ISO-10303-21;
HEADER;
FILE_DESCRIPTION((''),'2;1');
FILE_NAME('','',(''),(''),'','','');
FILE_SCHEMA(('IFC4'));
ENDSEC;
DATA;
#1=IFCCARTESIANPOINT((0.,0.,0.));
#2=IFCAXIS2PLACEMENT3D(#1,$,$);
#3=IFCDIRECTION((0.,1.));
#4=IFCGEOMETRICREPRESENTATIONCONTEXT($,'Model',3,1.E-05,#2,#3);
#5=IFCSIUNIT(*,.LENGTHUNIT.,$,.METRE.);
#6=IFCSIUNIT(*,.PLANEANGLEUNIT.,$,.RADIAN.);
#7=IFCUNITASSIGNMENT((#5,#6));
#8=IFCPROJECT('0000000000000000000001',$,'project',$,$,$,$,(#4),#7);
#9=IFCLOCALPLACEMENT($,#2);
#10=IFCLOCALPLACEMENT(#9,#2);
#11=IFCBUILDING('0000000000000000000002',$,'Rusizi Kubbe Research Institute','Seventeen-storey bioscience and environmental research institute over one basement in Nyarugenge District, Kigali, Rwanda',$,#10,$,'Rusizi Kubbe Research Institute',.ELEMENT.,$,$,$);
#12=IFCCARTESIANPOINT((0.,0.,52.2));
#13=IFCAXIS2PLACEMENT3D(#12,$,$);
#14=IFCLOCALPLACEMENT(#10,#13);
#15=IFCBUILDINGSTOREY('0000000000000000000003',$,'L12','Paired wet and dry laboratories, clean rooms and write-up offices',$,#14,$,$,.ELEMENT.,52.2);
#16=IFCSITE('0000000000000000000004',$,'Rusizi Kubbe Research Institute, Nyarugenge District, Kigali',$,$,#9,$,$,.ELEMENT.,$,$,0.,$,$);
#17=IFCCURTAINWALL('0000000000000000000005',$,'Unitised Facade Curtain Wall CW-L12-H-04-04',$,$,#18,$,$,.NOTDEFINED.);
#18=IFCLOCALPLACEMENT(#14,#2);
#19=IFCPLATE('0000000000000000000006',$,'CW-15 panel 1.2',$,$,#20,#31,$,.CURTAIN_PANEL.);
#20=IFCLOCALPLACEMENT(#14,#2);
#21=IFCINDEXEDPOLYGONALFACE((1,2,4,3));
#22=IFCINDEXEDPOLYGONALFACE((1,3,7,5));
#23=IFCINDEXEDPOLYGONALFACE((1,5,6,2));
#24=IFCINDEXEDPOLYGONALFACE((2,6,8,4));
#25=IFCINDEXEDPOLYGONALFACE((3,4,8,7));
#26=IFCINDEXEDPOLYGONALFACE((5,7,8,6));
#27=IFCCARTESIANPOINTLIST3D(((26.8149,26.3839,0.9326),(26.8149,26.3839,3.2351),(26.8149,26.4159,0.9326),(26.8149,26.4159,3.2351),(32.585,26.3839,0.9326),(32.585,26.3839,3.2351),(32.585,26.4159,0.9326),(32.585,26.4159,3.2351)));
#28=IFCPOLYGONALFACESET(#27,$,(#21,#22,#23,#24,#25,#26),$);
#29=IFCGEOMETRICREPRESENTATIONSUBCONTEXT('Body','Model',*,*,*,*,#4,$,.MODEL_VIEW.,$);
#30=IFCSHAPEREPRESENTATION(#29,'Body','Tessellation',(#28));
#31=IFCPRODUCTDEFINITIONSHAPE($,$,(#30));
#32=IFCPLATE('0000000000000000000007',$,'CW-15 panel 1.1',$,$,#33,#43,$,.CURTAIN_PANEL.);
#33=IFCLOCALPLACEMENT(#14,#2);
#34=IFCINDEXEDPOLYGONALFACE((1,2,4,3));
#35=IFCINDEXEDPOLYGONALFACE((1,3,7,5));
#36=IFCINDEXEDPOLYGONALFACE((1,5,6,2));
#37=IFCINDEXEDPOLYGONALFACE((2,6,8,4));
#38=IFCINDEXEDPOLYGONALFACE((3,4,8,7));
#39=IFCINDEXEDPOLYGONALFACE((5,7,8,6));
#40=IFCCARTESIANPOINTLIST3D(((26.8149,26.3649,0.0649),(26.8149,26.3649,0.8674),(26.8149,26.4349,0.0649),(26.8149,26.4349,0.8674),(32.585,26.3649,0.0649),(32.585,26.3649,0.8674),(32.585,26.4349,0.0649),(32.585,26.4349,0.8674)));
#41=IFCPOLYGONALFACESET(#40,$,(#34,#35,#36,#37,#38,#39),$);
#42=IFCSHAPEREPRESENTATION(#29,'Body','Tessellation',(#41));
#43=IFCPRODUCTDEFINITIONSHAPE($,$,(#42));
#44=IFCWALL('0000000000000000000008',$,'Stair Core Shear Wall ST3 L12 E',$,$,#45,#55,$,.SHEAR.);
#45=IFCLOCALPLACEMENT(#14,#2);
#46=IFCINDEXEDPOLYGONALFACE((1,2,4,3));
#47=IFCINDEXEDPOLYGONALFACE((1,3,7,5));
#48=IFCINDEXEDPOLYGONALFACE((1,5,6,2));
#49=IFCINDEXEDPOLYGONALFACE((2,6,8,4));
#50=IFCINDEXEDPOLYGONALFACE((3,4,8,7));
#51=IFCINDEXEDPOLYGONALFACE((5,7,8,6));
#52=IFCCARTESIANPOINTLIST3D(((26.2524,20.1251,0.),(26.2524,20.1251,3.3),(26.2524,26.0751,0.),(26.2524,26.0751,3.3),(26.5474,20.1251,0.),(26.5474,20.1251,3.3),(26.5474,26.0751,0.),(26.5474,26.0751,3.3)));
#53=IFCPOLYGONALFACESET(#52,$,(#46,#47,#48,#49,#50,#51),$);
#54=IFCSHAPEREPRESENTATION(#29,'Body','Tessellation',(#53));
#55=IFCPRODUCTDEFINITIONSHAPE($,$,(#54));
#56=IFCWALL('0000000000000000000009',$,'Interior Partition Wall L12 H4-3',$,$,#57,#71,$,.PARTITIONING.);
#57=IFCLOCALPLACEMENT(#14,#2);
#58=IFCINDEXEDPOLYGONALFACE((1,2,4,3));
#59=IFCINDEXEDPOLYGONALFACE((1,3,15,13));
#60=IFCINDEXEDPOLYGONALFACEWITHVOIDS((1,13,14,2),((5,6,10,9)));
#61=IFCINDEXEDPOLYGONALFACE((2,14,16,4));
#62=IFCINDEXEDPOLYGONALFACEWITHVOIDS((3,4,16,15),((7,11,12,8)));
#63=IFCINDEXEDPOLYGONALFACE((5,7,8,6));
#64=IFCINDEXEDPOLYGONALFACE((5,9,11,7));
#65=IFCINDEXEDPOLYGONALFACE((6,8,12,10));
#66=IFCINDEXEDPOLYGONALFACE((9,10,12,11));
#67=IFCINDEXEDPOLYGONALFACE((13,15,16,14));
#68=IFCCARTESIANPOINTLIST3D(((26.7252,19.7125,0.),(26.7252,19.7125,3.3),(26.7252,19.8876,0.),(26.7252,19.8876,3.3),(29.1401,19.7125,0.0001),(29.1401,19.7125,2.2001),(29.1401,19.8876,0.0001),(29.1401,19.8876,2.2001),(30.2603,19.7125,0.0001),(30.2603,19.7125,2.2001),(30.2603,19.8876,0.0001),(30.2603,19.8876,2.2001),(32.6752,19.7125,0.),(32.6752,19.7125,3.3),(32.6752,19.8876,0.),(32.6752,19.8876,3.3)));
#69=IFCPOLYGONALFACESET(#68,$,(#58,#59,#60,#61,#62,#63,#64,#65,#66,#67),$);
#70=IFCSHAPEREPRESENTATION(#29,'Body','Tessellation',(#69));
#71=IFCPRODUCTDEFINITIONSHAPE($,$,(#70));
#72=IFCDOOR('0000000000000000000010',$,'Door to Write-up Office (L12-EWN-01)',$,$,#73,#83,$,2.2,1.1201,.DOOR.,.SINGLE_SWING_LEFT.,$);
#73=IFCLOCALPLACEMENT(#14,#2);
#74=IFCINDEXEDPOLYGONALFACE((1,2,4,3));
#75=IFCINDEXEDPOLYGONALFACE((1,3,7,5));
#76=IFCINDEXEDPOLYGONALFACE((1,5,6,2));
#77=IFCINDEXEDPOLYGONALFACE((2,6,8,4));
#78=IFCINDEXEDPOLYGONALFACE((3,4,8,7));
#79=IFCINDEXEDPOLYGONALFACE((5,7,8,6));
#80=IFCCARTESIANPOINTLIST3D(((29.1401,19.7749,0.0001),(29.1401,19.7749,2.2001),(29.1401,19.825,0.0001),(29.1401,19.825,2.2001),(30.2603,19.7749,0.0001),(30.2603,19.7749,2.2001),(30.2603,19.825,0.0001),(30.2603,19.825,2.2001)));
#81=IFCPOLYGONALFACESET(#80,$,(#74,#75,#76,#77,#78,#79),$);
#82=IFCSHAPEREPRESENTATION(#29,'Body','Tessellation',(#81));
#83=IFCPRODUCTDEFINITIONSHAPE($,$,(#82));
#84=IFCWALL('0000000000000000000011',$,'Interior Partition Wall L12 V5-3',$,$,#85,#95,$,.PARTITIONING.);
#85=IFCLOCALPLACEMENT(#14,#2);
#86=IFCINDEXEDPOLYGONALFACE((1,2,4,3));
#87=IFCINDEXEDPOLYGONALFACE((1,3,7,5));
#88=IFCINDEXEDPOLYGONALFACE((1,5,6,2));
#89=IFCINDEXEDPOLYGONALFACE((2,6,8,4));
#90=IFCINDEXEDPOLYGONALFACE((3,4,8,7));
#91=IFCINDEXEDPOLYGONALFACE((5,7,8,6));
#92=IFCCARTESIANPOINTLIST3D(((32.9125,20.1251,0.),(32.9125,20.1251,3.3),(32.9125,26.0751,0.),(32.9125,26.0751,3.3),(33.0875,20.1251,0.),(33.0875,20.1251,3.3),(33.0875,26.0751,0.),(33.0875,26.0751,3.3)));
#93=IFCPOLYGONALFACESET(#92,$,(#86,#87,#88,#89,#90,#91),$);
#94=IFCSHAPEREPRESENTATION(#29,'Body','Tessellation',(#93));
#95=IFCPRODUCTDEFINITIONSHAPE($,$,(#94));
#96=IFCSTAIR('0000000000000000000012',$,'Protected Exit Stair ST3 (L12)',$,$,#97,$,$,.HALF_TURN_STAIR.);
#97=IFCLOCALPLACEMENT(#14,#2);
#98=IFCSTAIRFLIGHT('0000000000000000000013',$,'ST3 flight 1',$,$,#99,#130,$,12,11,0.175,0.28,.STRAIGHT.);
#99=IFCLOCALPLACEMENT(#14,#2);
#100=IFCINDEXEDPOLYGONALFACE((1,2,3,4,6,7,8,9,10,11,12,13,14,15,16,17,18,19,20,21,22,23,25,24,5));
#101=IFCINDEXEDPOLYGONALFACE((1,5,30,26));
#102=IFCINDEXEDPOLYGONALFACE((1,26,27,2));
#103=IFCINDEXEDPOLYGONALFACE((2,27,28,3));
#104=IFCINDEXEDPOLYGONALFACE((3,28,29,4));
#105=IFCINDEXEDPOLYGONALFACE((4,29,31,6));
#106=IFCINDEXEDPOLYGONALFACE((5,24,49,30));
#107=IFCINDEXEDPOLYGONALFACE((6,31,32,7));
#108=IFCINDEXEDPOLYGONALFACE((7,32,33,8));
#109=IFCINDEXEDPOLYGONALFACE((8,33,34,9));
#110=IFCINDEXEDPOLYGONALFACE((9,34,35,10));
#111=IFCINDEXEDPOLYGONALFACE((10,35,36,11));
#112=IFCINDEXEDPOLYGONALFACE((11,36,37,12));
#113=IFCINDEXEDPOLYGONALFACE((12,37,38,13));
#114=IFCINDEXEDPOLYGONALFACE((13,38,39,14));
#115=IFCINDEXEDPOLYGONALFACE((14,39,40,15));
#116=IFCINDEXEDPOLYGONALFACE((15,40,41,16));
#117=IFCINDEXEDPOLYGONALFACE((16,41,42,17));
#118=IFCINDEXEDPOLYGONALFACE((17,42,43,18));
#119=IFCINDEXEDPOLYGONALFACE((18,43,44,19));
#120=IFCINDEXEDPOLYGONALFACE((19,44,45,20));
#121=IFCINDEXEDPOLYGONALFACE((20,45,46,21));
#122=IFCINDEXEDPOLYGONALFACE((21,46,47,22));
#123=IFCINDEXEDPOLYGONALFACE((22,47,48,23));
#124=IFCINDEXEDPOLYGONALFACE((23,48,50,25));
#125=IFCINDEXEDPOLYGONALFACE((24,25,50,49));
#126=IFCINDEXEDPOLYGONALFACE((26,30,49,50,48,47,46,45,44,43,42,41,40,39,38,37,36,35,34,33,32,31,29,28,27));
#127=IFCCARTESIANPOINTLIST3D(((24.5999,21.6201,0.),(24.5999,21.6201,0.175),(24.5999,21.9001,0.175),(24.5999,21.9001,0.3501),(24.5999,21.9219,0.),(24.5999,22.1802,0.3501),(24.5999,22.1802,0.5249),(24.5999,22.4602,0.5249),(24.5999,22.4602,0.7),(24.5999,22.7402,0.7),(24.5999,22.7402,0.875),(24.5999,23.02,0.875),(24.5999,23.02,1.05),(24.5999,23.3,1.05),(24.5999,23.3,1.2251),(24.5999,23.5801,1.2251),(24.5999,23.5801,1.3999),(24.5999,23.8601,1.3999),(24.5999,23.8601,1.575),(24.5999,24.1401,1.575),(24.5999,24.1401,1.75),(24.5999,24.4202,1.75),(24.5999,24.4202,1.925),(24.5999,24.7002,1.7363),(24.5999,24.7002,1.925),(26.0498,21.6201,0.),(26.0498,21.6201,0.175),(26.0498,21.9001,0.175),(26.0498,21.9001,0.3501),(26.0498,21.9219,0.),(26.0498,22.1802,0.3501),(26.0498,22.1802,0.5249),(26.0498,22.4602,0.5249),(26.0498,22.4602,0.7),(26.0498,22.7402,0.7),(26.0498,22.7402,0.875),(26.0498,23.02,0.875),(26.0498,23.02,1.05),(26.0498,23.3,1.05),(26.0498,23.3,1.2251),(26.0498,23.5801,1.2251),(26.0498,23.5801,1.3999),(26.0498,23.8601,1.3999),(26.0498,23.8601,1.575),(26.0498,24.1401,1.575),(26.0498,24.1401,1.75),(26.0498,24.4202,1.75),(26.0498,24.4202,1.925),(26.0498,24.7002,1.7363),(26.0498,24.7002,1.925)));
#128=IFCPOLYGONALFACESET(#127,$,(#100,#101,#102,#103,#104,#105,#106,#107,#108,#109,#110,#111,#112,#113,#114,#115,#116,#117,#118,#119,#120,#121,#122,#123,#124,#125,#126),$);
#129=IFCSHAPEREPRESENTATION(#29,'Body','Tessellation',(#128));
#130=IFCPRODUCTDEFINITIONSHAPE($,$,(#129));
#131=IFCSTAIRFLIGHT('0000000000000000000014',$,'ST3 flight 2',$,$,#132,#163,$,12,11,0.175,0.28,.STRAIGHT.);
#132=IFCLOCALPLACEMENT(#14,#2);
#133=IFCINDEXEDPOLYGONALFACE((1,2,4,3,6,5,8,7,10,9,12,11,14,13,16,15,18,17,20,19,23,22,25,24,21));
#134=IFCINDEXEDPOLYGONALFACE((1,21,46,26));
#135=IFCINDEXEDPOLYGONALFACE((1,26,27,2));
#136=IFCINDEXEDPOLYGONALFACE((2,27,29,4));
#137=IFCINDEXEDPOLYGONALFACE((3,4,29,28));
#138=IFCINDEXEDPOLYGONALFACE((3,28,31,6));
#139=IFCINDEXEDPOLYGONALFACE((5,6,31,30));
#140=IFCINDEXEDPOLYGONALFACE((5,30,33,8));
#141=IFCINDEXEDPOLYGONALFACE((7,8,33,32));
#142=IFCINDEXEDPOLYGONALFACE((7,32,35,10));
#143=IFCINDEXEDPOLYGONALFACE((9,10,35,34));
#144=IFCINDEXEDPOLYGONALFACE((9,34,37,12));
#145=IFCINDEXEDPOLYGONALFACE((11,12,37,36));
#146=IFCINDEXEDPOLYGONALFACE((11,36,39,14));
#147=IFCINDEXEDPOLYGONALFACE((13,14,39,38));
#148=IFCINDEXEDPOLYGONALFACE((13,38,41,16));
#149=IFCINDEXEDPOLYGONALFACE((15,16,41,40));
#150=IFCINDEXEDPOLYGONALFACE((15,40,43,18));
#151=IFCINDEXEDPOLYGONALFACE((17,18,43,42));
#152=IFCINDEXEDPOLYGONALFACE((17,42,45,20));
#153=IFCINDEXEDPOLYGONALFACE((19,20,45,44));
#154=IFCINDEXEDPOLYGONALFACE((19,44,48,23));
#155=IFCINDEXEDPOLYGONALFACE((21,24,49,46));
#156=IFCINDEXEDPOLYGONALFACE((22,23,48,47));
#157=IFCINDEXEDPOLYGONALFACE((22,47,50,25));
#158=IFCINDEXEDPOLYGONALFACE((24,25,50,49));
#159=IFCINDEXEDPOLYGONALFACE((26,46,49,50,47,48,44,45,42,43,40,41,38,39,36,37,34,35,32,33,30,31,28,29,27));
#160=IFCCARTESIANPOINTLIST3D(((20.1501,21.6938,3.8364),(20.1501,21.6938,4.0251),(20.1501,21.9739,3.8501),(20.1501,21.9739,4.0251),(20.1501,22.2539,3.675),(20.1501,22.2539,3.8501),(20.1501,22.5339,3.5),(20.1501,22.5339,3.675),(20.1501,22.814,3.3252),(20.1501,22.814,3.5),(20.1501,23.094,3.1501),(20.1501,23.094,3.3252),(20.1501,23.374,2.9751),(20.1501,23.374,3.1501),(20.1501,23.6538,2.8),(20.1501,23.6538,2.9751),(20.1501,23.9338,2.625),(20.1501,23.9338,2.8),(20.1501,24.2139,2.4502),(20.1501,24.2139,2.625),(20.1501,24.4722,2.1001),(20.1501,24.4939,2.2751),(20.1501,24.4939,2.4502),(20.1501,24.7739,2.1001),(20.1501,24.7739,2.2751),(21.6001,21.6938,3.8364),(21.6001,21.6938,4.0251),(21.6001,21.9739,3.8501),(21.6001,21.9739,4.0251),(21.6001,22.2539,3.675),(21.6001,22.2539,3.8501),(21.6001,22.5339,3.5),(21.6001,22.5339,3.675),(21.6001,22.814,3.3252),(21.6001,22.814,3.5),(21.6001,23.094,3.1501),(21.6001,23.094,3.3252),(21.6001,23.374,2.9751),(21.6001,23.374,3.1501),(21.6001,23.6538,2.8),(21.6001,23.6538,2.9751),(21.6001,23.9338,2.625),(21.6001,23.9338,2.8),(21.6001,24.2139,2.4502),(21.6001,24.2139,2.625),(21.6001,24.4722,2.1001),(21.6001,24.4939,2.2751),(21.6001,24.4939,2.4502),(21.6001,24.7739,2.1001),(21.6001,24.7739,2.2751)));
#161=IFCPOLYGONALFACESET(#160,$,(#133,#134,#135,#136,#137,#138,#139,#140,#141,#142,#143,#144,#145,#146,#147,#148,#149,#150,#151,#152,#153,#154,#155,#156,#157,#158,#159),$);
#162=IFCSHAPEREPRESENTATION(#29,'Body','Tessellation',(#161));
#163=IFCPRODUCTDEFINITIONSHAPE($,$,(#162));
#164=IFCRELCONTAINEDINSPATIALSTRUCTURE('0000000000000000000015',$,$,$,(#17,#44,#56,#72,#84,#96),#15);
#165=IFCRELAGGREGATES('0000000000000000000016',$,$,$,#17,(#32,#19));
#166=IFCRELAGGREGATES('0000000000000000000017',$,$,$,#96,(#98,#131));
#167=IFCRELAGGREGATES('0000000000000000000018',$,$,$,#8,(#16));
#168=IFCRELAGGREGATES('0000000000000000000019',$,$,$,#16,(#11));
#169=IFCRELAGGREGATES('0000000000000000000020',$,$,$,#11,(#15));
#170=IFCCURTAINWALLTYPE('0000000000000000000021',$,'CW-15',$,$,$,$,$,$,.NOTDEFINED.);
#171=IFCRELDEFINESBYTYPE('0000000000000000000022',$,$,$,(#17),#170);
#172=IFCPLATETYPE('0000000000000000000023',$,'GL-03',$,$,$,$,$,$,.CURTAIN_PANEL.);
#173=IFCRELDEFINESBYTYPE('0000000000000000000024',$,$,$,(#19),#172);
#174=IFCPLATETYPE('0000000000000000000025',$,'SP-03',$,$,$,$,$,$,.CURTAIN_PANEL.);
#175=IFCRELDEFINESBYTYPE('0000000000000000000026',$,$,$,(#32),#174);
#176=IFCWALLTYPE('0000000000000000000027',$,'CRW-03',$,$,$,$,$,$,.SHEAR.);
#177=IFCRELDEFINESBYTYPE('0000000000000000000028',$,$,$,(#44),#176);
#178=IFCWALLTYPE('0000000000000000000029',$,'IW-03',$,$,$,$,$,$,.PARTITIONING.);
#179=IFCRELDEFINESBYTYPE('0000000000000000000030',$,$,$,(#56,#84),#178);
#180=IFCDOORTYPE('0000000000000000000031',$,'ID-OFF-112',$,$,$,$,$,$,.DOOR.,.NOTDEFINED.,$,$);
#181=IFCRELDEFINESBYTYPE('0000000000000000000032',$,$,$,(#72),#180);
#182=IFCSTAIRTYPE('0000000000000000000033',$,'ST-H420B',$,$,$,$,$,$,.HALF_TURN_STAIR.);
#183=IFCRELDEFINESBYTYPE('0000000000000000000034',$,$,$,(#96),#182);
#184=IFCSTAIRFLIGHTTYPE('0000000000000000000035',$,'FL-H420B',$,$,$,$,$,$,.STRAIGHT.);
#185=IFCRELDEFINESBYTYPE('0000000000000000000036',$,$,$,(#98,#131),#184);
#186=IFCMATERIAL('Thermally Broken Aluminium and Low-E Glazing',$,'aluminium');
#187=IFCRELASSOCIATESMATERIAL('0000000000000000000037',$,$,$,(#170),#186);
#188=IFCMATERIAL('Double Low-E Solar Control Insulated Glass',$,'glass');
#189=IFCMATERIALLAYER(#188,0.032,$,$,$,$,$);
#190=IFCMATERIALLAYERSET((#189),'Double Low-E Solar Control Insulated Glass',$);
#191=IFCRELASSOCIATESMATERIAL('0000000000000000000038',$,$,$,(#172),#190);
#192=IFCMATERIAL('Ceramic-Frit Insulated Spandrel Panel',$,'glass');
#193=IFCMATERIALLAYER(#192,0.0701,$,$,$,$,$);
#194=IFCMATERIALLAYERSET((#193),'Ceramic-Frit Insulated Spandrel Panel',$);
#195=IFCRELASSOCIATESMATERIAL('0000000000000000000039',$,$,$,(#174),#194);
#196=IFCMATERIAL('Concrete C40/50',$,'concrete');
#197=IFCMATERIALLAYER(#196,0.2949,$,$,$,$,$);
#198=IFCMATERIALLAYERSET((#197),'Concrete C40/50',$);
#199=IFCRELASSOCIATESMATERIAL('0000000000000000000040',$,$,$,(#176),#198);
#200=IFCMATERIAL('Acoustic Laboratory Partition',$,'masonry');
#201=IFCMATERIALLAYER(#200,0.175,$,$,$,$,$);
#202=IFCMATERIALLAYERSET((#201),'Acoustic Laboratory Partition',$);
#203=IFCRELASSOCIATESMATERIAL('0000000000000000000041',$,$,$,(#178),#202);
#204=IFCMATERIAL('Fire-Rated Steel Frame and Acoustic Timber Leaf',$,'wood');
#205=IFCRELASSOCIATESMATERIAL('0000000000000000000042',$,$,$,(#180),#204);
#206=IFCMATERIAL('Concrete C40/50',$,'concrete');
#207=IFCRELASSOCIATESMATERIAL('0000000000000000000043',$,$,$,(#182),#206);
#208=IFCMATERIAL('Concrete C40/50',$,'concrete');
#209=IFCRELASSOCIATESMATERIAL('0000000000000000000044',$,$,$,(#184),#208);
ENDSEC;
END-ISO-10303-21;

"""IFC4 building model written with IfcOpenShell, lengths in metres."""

from ifc_helpers import new_model, si_unit, direction, frame, frame_2d, origin, origin_2d, place, context, subcontext, project, spatial, polyline, rectangle, outline, extrude, material, layer, layer_set, type_object, element, fill, aggregate, save


model = new_model("IFC4")

# Units and contexts
model_context = context("Model", 3, precision=1e-05, world=origin(), true_north=direction((0.0, 1.0)))
body_context = subcontext(model_context, "Body", "Model", "MODEL_VIEW")
ifc_project = project(units=[si_unit("LENGTHUNIT", "METRE"), si_unit("PLANEANGLEUNIT", "RADIAN")], contexts=[model_context])

# Site, building, storey
site_placement = place(None, origin())
site = spatial("IfcSite", under=ifc_project, at=site_placement, Name="Rusizi Kubbe Research Institute, Nyarugenge District, Kigali", CompositionType="ELEMENT", RefElevation=0.0)
building_placement = place(site_placement, origin())
building = spatial("IfcBuilding", under=site, at=building_placement, Name="Rusizi Kubbe Research Institute", Description="Seventeen-storey bioscience and environmental research institute over one basement in Nyarugenge District, Kigali, Rwanda", LongName="Rusizi Kubbe Research Institute", CompositionType="ELEMENT")
storey_placement = place(building_placement, frame((0.0, 0.0, 52.2)))
storey = spatial("IfcBuildingStorey", under=building, at=storey_placement, Name="L12", Description="Paired wet and dry laboratories, clean rooms and write-up offices", CompositionType="ELEMENT", Elevation=52.2)

# Curtain wall, plates
ifc_material_1 = material(Name="Thermally Broken Aluminium and Low-E Glazing", Category="aluminium")
curtain_wall_type = type_object("IfcCurtainWallType", Name="CW-15", PredefinedType="NOTDEFINED", material=ifc_material_1)
curtain_wall_placement = place(storey_placement, origin())
curtain_wall = element("IfcCurtainWall", 1, at=curtain_wall_placement, inside=storey, type_object=curtain_wall_type, Name="Unitised Facade Curtain Wall CW-L12-H-04-04", PredefinedType="NOTDEFINED")
ifc_material_2 = material(Name="Double Low-E Solar Control Insulated Glass", Category="glass")
ifc_layer_1 = layer(ifc_material_2, 0.032)
ifc_layer_set_1 = layer_set([ifc_layer_1], Name="Double Low-E Solar Control Insulated Glass")
plate_type_1 = type_object("IfcPlateType", Name="GL-03", PredefinedType="CURTAIN_PANEL", material=ifc_layer_set_1)
plate_1_placement = place(storey_placement, frame((29.7, 26.3999, 0.9326), z_axis=(0.0, 0.0, 1.0), x_axis=(1.0, 0.0, 0.0)))
plate_1 = element("IfcPlate", 2, at=plate_1_placement, type_object=plate_type_1, Name="CW-15 panel 1.2", PredefinedType="CURTAIN_PANEL", context=body_context, shape_type="SweptSolid", body=[
    extrude(rectangle(XDim=5.77, YDim=0.032, at=origin_2d()), origin(), (0.0, 0.0, 1.0), 2.3025),
])
ifc_material_3 = material(Name="Ceramic-Frit Insulated Spandrel Panel", Category="glass")
ifc_layer_2 = layer(ifc_material_3, 0.0701)
ifc_layer_set_2 = layer_set([ifc_layer_2], Name="Ceramic-Frit Insulated Spandrel Panel")
plate_type_2 = type_object("IfcPlateType", Name="SP-03", PredefinedType="CURTAIN_PANEL", material=ifc_layer_set_2)
plate_2_placement = place(storey_placement, frame((29.7, 26.3999, 0.0649), z_axis=(0.0, 0.0, 1.0), x_axis=(1.0, 0.0, 0.0)))
plate_2 = element("IfcPlate", 3, at=plate_2_placement, type_object=plate_type_2, Name="CW-15 panel 1.1", PredefinedType="CURTAIN_PANEL", context=body_context, shape_type="SweptSolid", body=[
    extrude(rectangle(XDim=5.77, YDim=0.0701, at=origin_2d()), origin(), (0.0, 0.0, 1.0), 0.8025),
])
aggregate(curtain_wall, [plate_2, plate_1])

# Wall
ifc_material_4 = material(Name="Concrete C40/50", Category="concrete")
ifc_layer_3 = layer(ifc_material_4, 0.2949)
ifc_layer_set_3 = layer_set([ifc_layer_3], Name="Concrete C40/50")
wall_type_1 = type_object("IfcWallType", Name="CRW-03", PredefinedType="SHEAR", material=ifc_layer_set_3)
wall_1_placement = place(storey_placement, frame((26.3999, 20.125, 0.0), z_axis=(0.0, 0.0, 1.0), x_axis=(0.0, 1.0, 0.0)))
element("IfcWall", 4, at=wall_1_placement, inside=storey, type_object=wall_type_1, Name="Stair Core Shear Wall ST3 L12 E", PredefinedType="SHEAR", context=body_context, shape_type="SweptSolid", body=[
    extrude(rectangle(XDim=5.95, YDim=0.2949, at=frame_2d((2.9751, 0.0))), origin(), (0.0, 0.0, 1.0), 3.3),
])

# Wall, opening, door
ifc_material_5 = material(Name="Acoustic Laboratory Partition", Category="masonry")
ifc_layer_4 = layer(ifc_material_5, 0.175)
ifc_layer_set_4 = layer_set([ifc_layer_4], Name="Acoustic Laboratory Partition")
wall_type_2 = type_object("IfcWallType", Name="IW-03", PredefinedType="PARTITIONING", material=ifc_layer_set_4)
wall_2_placement = place(storey_placement, frame((26.7251, 19.8, 0.0), z_axis=(0.0, 0.0, 1.0), x_axis=(1.0, 0.0, 0.0)))
wall_2 = element("IfcWall", 5, at=wall_2_placement, inside=storey, type_object=wall_type_2, Name="Interior Partition Wall L12 H4-3", PredefinedType="PARTITIONING", context=body_context, shape_type="SweptSolid", body=[
    extrude(rectangle(XDim=5.95, YDim=0.175, at=frame_2d((2.9751, 0.0))), origin(), (0.0, 0.0, 1.0), 3.3),
])
opening_placement = place(wall_2_placement, frame((2.415, 0.0, 0.0)))
opening = element("IfcOpeningElement", 6, at=opening_placement, cuts=wall_2, PredefinedType="OPENING", context=body_context, shape_type="SweptSolid", body=[
    extrude(rectangle(XDim=1.1201, YDim=2.2, at=frame_2d((0.5601, 1.1001))), frame((0.0, 0.0974, 0.0), z_axis=(0.0, -1.0, 0.0), x_axis=(1.0, 0.0, 0.0)), (0.0, 0.0, 1.0), 0.1951),
])
ifc_material_6 = material(Name="Fire-Rated Steel Frame and Acoustic Timber Leaf", Category="wood")
door_type = type_object("IfcDoorType", Name="ID-OFF-112", OperationType="NOTDEFINED", PredefinedType="DOOR", material=ifc_material_6)
door_placement = place(opening_placement, origin())
door = element("IfcDoor", 7, at=door_placement, inside=storey, type_object=door_type, Name="Door to Write-up Office (L12-EWN-01)", OperationType="SINGLE_SWING_LEFT", OverallHeight=2.2, OverallWidth=1.1201, PredefinedType="DOOR", context=body_context, shape_type="SweptSolid", body=[
    extrude(rectangle(XDim=1.1201, YDim=2.2, at=frame_2d((0.5601, 1.1001))), frame((0.0, 0.0249, 0.0), z_axis=(0.0, -1.0, 0.0), x_axis=(1.0, 0.0, 0.0)), (0.0, 0.0, 1.0), 0.05),
])
fill(opening, door)

# Wall
wall_3_placement = place(storey_placement, frame((33.0, 20.125, 0.0), z_axis=(0.0, 0.0, 1.0), x_axis=(0.0, 1.0, 0.0)))
element("IfcWall", 8, at=wall_3_placement, inside=storey, type_object=wall_type_2, Name="Interior Partition Wall L12 V5-3", PredefinedType="PARTITIONING", context=body_context, shape_type="SweptSolid", body=[
    extrude(rectangle(XDim=5.95, YDim=0.175, at=frame_2d((2.9751, 0.0))), origin(), (0.0, 0.0, 1.0), 3.3),
])

# Stair, stair flights
ifc_material_7 = material(Name="Concrete C40/50", Category="concrete")
stair_type = type_object("IfcStairType", Name="ST-H420B", PredefinedType="HALF_TURN_STAIR", material=ifc_material_7)
stair_placement = place(storey_placement, origin())
stair = element("IfcStair", 9, at=stair_placement, inside=storey, type_object=stair_type, Name="Protected Exit Stair ST3 (L12)", PredefinedType="HALF_TURN_STAIR")
ifc_material_8 = material(Name="Concrete C40/50", Category="concrete")
stair_flight_type = type_object("IfcStairFlightType", Name="FL-H420B", PredefinedType="STRAIGHT", material=ifc_material_8)
stair_flight_1_placement = place(storey_placement, frame((25.325, 21.6201, 0.0), z_axis=(0.0, 0.0, 1.0), x_axis=(0.0, 1.0, 0.0)))
stair_flight_1 = element("IfcStairFlight", 10, at=stair_flight_1_placement, type_object=stair_flight_type, Name="ST3 flight 1", NumberOfRisers=12, NumberOfTreads=11, PredefinedType="STRAIGHT", RiserHeight=0.175, TreadLength=0.28, context=body_context, shape_type="SweptSolid", body=[
    extrude(outline(polyline([(0.0, 0.0), (0.0, 0.175), (0.28, 0.175), (0.28, 0.3501), (0.5601, 0.3501), (0.5601, 0.5249), (0.8401, 0.5249), (0.8401, 0.7), (1.1201, 0.7), (1.1201, 0.875), (1.3999, 0.875), (1.3999, 1.05), (1.6799, 1.05), (1.6799, 1.2251), (1.96, 1.2251), (1.96, 1.3999), (2.24, 1.3999), (2.24, 1.575), (2.52, 1.575), (2.52, 1.75), (2.8, 1.75), (2.8, 1.925), (3.0801, 1.925), (3.0801, 2.1001), (3.0801, 1.7363), (0.3018, 0.0), (0.0, 0.0)])), frame((0.0, 0.7251, 0.0), z_axis=(0.0, -1.0, 0.0), x_axis=(1.0, 0.0, 0.0)), (0.0, 0.0, 1.0), 1.45),
])
stair_flight_2_placement = place(storey_placement, frame((20.875, 24.7739, 2.1001), z_axis=(0.0, 0.0, 1.0), x_axis=(0.0, -1.0, 0.0)))
stair_flight_2 = element("IfcStairFlight", 11, at=stair_flight_2_placement, type_object=stair_flight_type, Name="ST3 flight 2", NumberOfRisers=12, NumberOfTreads=11, PredefinedType="STRAIGHT", RiserHeight=0.175, TreadLength=0.28, context=body_context, shape_type="SweptSolid", body=[
    extrude(outline(polyline([(0.0, 0.0), (0.0, 0.175), (0.28, 0.175), (0.28, 0.3501), (0.5601, 0.3501), (0.5601, 0.5249), (0.8401, 0.5249), (0.8401, 0.7), (1.1201, 0.7), (1.1201, 0.875), (1.3999, 0.875), (1.3999, 1.05), (1.6799, 1.05), (1.6799, 1.2251), (1.96, 1.2251), (1.96, 1.3999), (2.24, 1.3999), (2.24, 1.575), (2.52, 1.575), (2.52, 1.75), (2.8, 1.75), (2.8, 1.925), (3.0801, 1.925), (3.0801, 2.1001), (3.0801, 1.7363), (0.3018, 0.0), (0.0, 0.0)])), frame((0.0, 0.7251, 0.0), z_axis=(0.0, -1.0, 0.0), x_axis=(1.0, 0.0, 0.0)), (0.0, 0.0, 1.0), 1.45),
])
aggregate(stair, [stair_flight_1, stair_flight_2])

save(model, "model.ifc")
